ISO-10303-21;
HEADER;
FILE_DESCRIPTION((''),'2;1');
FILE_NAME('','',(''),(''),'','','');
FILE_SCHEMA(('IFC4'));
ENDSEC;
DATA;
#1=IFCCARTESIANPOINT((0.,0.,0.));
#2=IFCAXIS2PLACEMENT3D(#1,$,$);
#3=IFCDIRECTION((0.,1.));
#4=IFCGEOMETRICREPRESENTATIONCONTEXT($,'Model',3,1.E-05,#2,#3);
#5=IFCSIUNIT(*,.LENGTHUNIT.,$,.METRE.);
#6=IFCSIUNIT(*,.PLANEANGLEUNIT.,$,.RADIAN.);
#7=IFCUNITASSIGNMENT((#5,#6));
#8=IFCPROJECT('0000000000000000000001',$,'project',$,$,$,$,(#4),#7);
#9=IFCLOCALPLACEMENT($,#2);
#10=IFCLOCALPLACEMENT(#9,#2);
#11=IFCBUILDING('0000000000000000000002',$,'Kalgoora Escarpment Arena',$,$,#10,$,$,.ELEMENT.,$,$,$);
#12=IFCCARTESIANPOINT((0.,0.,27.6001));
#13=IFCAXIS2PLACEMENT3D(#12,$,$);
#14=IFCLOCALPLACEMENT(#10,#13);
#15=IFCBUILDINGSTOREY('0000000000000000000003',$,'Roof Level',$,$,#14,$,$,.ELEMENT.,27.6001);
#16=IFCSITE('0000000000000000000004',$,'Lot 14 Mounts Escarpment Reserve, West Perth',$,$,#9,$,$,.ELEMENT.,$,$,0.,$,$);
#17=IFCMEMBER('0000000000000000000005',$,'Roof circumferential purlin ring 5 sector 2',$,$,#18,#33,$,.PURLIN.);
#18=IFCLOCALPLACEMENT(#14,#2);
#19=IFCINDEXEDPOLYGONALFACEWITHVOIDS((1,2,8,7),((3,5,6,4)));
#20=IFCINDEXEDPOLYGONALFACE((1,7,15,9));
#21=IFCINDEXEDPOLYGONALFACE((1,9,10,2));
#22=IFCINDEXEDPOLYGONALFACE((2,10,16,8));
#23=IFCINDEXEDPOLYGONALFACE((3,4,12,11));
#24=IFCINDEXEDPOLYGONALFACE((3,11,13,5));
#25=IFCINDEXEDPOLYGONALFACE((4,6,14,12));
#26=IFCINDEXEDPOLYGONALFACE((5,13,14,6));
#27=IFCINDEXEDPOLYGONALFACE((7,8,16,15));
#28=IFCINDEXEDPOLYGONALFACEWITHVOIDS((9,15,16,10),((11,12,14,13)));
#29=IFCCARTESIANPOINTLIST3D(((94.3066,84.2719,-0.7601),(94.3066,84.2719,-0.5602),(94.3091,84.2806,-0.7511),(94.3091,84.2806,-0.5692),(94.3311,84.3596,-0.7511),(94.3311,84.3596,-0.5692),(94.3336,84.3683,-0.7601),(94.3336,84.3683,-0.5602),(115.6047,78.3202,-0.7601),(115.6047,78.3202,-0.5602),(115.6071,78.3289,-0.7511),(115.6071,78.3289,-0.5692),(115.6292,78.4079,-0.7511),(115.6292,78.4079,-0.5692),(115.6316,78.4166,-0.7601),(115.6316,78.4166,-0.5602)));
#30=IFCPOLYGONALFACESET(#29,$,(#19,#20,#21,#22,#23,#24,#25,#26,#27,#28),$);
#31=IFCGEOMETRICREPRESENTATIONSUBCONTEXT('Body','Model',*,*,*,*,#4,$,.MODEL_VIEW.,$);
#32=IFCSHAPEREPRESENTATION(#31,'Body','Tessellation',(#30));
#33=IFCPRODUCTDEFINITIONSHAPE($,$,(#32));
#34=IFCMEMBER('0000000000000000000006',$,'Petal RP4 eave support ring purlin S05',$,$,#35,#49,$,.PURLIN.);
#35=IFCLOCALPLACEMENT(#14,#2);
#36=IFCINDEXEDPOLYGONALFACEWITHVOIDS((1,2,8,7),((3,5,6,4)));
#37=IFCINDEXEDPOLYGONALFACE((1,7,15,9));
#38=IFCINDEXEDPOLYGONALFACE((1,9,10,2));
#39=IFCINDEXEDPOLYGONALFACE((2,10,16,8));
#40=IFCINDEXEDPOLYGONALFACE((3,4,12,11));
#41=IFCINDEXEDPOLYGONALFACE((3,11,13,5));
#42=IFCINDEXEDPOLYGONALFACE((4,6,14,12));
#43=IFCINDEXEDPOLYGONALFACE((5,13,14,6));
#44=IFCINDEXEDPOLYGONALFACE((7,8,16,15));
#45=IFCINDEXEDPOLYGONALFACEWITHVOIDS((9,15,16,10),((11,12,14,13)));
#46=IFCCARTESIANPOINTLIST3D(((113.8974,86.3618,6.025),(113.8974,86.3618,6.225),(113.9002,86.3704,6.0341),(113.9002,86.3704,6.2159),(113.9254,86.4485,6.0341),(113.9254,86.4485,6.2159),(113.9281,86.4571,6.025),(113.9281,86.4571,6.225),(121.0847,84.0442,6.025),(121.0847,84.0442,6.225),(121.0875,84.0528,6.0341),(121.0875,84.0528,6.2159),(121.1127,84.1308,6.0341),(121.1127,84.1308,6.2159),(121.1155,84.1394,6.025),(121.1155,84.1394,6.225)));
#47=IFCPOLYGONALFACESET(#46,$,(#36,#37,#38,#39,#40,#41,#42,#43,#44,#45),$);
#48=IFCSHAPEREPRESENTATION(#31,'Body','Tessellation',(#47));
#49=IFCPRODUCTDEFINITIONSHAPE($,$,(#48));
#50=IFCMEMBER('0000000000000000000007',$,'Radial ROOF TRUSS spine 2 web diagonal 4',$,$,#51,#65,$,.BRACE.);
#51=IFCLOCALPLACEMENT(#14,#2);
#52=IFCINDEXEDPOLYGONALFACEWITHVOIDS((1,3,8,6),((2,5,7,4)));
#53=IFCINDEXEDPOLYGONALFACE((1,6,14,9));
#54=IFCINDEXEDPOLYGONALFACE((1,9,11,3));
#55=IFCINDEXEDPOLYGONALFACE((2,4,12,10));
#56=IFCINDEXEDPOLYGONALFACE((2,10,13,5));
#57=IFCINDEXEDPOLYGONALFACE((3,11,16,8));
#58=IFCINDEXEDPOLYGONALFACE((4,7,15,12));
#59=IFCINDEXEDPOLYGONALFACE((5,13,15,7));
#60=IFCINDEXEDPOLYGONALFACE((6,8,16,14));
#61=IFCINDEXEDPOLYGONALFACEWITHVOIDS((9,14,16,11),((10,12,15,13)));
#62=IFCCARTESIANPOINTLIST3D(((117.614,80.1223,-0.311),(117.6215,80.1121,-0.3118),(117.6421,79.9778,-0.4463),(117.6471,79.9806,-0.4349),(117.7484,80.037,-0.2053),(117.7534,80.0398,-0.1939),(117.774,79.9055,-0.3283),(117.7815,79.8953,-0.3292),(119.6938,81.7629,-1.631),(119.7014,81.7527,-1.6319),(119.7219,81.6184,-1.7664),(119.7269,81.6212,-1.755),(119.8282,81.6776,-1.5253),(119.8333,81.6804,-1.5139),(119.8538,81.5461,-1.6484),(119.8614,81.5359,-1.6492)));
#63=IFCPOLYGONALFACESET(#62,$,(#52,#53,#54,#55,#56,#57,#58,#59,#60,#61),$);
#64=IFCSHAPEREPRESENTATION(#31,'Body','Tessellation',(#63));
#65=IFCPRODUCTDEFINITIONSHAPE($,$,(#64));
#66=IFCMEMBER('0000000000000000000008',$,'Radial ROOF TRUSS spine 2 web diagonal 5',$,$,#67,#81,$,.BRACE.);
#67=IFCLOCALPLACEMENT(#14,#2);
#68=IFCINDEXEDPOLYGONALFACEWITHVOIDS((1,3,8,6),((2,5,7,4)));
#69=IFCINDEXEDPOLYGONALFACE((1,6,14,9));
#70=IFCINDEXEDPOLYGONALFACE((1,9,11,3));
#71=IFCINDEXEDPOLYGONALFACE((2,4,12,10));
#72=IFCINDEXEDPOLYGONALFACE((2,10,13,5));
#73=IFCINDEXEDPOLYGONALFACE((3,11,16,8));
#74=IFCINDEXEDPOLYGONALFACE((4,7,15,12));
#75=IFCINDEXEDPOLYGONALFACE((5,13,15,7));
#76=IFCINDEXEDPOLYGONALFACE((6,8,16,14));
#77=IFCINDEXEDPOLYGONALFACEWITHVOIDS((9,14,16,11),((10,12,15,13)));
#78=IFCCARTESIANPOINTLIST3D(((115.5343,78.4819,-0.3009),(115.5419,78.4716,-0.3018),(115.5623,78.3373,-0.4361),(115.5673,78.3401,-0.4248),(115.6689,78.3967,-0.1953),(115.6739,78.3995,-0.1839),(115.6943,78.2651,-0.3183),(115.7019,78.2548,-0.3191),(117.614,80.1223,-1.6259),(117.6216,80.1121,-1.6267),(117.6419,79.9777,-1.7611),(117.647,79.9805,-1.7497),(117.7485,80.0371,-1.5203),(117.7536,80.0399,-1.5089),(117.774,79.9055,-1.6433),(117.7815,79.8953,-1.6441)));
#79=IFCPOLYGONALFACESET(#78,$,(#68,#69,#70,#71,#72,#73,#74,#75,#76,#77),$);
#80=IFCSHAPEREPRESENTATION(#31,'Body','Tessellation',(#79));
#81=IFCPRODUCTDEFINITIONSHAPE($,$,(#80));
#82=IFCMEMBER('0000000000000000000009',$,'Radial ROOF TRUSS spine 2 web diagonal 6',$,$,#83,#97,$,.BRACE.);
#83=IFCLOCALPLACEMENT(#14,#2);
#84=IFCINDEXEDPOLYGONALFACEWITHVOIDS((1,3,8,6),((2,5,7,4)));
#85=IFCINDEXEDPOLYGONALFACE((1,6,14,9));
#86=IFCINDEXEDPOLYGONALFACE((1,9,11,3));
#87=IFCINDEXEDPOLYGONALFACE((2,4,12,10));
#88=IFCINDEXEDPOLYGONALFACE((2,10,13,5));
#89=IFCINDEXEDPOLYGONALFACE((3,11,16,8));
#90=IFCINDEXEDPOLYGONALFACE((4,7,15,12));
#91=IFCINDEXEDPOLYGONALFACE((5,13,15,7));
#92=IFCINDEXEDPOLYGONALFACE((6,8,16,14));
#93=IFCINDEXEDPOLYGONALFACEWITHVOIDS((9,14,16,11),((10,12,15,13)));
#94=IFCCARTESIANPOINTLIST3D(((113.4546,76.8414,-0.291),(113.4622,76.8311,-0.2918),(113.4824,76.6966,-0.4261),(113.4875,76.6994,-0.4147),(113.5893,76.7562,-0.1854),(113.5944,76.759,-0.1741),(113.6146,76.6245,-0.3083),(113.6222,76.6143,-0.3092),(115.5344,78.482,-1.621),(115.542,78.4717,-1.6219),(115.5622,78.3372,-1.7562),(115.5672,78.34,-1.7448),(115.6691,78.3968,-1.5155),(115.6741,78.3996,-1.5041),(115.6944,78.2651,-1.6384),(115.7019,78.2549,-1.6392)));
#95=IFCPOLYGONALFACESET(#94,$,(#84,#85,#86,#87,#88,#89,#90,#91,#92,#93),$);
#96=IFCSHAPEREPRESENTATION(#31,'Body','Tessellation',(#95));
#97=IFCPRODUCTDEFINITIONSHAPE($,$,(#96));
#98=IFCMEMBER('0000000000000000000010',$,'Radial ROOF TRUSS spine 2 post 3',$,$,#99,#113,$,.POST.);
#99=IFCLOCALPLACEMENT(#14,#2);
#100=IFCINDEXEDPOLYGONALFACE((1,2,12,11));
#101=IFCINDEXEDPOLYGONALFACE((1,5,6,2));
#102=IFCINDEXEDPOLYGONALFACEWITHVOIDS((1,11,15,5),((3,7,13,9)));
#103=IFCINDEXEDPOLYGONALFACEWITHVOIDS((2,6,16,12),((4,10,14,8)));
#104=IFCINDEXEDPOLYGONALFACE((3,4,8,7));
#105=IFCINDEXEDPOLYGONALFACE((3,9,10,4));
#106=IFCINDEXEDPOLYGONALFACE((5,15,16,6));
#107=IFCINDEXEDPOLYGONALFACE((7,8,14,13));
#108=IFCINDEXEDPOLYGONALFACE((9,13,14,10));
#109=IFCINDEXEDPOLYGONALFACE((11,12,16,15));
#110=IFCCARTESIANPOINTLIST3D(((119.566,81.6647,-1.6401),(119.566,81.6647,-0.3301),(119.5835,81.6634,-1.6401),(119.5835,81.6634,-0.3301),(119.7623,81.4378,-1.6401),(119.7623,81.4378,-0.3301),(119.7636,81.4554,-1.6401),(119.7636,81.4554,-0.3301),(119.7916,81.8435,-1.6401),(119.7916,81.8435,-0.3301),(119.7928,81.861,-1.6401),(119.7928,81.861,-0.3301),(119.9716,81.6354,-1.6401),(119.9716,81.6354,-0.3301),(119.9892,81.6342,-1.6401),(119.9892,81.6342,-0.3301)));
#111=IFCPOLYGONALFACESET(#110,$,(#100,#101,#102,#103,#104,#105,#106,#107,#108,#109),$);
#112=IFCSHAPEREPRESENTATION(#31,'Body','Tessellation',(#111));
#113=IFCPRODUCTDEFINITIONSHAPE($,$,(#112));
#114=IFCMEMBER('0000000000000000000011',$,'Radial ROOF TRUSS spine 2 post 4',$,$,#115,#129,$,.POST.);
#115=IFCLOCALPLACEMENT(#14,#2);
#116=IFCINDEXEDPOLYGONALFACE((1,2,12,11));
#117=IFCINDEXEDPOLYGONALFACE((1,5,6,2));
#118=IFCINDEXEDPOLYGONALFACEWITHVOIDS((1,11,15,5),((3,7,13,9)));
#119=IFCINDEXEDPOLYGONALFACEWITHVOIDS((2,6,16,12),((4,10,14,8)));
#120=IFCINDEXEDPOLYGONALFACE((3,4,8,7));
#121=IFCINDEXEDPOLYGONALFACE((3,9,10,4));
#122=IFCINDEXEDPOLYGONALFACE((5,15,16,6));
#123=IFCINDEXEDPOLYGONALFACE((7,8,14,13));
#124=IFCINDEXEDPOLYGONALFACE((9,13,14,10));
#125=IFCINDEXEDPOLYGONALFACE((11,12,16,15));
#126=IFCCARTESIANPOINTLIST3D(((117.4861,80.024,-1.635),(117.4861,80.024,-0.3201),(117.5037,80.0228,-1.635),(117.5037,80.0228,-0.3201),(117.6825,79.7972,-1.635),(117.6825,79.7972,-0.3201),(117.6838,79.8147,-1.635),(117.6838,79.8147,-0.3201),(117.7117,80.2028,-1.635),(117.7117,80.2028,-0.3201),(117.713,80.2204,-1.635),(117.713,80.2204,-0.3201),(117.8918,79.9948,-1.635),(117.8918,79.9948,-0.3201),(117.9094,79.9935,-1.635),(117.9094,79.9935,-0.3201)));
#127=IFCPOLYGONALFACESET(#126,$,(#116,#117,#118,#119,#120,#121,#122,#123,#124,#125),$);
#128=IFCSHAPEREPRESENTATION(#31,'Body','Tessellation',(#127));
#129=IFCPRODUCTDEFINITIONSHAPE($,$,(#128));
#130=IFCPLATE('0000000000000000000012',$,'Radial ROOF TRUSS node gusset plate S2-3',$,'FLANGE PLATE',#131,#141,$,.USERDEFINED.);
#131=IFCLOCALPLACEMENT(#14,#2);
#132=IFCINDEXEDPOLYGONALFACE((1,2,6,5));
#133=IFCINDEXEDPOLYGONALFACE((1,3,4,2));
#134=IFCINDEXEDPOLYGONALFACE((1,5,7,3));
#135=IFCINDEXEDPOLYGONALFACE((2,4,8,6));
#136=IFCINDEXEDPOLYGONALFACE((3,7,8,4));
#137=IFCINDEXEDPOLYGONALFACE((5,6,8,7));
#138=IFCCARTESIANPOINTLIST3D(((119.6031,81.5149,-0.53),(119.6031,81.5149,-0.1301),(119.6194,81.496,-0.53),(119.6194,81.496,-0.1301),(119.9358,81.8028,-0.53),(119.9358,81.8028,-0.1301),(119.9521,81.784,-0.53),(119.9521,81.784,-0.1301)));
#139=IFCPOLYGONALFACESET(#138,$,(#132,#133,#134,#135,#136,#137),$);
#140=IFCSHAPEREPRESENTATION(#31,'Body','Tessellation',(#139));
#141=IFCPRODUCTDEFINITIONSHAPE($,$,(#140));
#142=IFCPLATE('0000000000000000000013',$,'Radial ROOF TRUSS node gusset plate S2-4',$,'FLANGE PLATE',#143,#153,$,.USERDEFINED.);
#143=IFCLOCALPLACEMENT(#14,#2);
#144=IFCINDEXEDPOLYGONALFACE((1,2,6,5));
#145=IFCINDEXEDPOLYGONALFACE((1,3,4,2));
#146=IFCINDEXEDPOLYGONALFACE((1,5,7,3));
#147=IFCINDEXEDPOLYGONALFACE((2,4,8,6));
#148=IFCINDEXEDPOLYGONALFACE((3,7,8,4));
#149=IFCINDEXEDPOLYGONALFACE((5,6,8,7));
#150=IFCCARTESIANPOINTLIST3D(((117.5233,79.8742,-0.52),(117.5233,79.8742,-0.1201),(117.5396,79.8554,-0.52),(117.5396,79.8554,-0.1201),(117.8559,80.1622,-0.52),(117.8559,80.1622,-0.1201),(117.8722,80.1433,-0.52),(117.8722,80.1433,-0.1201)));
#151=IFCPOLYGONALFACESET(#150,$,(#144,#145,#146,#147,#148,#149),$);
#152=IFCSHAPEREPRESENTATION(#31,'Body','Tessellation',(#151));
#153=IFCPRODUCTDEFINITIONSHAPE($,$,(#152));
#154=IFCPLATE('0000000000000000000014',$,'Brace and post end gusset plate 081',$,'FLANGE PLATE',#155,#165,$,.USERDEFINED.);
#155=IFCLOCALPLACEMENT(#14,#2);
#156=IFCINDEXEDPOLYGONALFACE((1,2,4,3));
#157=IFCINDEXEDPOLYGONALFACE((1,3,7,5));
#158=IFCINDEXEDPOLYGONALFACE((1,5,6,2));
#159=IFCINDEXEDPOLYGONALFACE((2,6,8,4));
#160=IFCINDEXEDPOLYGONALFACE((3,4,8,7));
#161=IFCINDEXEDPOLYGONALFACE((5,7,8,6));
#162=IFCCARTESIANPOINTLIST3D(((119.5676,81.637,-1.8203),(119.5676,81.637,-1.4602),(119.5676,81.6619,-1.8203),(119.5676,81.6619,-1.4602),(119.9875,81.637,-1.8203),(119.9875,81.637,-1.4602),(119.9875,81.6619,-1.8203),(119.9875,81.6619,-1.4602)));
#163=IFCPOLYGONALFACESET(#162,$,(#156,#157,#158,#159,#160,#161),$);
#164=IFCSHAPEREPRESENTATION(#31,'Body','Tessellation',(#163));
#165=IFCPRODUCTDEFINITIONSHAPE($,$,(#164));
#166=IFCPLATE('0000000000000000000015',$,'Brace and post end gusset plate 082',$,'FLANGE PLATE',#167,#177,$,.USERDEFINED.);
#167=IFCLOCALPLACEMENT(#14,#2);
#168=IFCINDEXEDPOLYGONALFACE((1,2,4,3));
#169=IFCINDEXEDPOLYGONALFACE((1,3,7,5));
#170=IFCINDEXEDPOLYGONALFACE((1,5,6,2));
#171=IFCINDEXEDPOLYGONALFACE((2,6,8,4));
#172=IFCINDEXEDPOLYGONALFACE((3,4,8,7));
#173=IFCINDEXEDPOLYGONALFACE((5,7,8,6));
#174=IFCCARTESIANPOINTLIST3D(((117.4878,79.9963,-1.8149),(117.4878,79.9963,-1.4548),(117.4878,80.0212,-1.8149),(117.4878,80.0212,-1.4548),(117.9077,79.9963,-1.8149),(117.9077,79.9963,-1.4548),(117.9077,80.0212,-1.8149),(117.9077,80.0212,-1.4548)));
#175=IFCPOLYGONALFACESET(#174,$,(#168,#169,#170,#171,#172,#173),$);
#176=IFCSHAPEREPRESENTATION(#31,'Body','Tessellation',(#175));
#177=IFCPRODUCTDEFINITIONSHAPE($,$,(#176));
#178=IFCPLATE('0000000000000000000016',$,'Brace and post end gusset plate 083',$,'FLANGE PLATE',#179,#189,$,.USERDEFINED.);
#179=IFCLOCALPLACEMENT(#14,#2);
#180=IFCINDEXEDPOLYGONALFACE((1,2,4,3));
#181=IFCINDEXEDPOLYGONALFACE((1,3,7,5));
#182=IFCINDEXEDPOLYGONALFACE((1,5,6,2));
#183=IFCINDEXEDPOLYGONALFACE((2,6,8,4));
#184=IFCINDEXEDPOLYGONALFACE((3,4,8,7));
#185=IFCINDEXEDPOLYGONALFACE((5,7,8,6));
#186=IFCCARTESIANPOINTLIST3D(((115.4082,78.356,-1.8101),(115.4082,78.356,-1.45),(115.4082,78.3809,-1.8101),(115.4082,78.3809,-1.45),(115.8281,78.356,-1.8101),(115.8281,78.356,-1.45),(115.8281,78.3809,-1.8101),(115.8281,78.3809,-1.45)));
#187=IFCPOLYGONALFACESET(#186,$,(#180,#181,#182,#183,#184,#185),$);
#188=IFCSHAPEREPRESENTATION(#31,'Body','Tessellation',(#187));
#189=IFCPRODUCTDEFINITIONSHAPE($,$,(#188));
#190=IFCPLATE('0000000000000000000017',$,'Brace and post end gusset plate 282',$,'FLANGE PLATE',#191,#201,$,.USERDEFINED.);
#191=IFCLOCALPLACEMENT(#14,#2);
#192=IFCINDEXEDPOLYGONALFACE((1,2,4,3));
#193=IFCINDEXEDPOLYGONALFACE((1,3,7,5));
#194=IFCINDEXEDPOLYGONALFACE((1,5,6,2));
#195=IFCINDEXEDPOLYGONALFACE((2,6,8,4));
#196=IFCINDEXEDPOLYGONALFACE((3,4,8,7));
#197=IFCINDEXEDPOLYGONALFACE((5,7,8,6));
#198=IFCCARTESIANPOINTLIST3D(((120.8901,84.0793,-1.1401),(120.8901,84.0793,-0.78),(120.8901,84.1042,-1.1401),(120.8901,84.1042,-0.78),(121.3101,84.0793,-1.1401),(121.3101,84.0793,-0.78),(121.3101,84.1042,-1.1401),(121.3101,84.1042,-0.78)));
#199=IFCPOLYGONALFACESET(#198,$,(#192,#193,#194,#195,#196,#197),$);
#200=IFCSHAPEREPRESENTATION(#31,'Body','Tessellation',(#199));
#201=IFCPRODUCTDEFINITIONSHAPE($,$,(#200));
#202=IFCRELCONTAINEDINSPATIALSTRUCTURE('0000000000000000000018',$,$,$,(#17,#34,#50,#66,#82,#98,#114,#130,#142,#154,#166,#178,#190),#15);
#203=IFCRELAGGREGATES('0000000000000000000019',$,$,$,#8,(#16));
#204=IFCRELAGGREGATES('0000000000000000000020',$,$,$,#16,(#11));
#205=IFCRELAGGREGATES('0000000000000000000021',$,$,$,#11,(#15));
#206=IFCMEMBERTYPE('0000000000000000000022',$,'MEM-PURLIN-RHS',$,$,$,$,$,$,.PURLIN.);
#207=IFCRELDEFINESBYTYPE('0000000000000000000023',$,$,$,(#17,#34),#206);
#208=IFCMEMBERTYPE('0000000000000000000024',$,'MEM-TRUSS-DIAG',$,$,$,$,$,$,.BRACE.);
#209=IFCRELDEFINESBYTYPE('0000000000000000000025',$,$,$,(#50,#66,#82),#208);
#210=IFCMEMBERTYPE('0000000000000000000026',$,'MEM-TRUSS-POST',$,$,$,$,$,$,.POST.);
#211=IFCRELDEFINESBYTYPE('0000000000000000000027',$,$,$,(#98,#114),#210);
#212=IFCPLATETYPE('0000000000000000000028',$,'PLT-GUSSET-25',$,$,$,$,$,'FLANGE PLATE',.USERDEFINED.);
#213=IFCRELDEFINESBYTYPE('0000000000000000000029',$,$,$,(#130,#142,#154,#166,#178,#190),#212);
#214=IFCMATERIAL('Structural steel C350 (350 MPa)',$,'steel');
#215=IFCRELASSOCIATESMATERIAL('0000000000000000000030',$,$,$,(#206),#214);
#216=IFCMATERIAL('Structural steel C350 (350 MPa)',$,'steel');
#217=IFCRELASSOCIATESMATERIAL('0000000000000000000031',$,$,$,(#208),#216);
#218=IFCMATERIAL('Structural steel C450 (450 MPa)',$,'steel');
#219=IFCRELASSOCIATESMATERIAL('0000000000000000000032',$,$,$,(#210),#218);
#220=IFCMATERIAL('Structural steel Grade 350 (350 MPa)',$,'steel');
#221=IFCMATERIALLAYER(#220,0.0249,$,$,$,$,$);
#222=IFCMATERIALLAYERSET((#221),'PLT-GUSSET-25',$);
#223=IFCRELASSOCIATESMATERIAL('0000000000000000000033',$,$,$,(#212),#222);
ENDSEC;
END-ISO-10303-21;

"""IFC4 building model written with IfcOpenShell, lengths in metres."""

from ifc_helpers import new_model, si_unit, direction, frame, origin, origin_2d, place, context, subcontext, project, spatial, rectangle, hollow_rectangle, extrude, material, layer, layer_set, material_profile, profile_set, type_object, element, save


model = new_model("IFC4")

# Units and contexts
model_context = context("Model", 3, precision=1e-05, world=origin(), true_north=direction((0.0, 1.0)))
body_context = subcontext(model_context, "Body", "Model", "MODEL_VIEW")
ifc_project = project(units=[si_unit("LENGTHUNIT", "METRE"), si_unit("PLANEANGLEUNIT", "RADIAN")], contexts=[model_context])

# Site, building, storey
site_placement = place(None, origin())
site = spatial("IfcSite", under=ifc_project, at=site_placement, Name="Lot 14 Mounts Escarpment Reserve, West Perth", CompositionType="ELEMENT", RefElevation=0.0)
building_placement = place(site_placement, origin())
building = spatial("IfcBuilding", under=site, at=building_placement, Name="Kalgoora Escarpment Arena", CompositionType="ELEMENT")
storey_placement = place(building_placement, frame((0.0, 0.0, 27.6001)))
storey = spatial("IfcBuildingStorey", under=building, at=storey_placement, Name="Roof Level", CompositionType="ELEMENT", Elevation=27.6001)

# Members
ifc_material_1 = material(Name="Structural steel C350 (350 MPa)", Category="steel")
ifc_material_profile_1 = material_profile(ifc_material_1, hollow_rectangle(XDim=0.1001, YDim=0.2, WallThickness=0.009, at=origin_2d()))
ifc_profile_set_1 = profile_set([ifc_material_profile_1], Name="Structural steel C350 (350 MPa)")
member_type_1 = type_object("IfcMemberType", Name="MEM-PURLIN-RHS", PredefinedType="PURLIN", material=ifc_profile_set_1)
member_1_placement = place(storey_placement, frame((115.6182, 78.3684, -0.6602), z_axis=(-0.963103, 0.269135, 0.0), x_axis=(-0.269135, -0.963103, 0.0)))
element("IfcMember", 1, at=member_1_placement, inside=storey, type_object=member_type_1, Name="Roof circumferential purlin ring 5 sector 2", PredefinedType="PURLIN", context=body_context, shape_type="SweptSolid", body=[
    extrude(hollow_rectangle(XDim=0.1001, YDim=0.2, WallThickness=0.009, at=origin_2d()), origin(), (0.0, 0.0, 1.0), 22.114),
])
member_2_placement = place(storey_placement, frame((121.1001, 84.0918, 6.125), z_axis=(-0.951741, 0.306902, 0.0), x_axis=(-0.306902, -0.951741, 0.0)))
element("IfcMember", 2, at=member_2_placement, inside=storey, type_object=member_type_1, Name="Petal RP4 eave support ring purlin S05", PredefinedType="PURLIN", context=body_context, shape_type="SweptSolid", body=[
    extrude(hollow_rectangle(XDim=0.1001, YDim=0.2, WallThickness=0.009, at=origin_2d()), origin(), (0.0, 0.0, 1.0), 7.5518),
])
ifc_material_2 = material(Name="Structural steel C350 (350 MPa)", Category="steel")
ifc_material_profile_2 = material_profile(ifc_material_2, hollow_rectangle(XDim=0.2, YDim=0.2, WallThickness=0.009, at=origin_2d()))
ifc_profile_set_2 = profile_set([ifc_material_profile_2], Name="Structural steel C350 (350 MPa)")
member_type_2 = type_object("IfcMemberType", Name="MEM-TRUSS-DIAG", PredefinedType="BRACE", material=ifc_profile_set_2)
member_3_placement = place(storey_placement, frame((119.7776, 81.6494, -1.6401), z_axis=(-0.702713, -0.554318, 0.446011), x_axis=(-0.697447, 0.412838, -0.585775)))
element("IfcMember", 3, at=member_3_placement, inside=storey, type_object=member_type_2, Name="Radial ROOF TRUSS spine 2 web diagonal 4", PredefinedType="BRACE", context=body_context, shape_type="SweptSolid", body=[
    extrude(hollow_rectangle(XDim=0.2, YDim=0.2, WallThickness=0.009, at=origin_2d()), origin(), (0.0, 0.0, 1.0), 2.9597),
])
member_4_placement = place(storey_placement, frame((117.6978, 80.0088, -1.635), z_axis=(-0.702186, -0.553884, 0.447378), x_axis=(-0.698143, 0.412295, -0.585328)))
element("IfcMember", 4, at=member_4_placement, inside=storey, type_object=member_type_2, Name="Radial ROOF TRUSS spine 2 web diagonal 5", PredefinedType="BRACE", context=body_context, shape_type="SweptSolid", body=[
    extrude(hollow_rectangle(XDim=0.2, YDim=0.2, WallThickness=0.009, at=origin_2d()), origin(), (0.0, 0.0, 1.0), 2.9617),
])
member_5_placement = place(storey_placement, frame((115.6182, 78.3684, -1.6301), z_axis=(-0.701652, -0.55348, 0.448714), x_axis=(-0.698836, 0.411742, -0.58489)))
element("IfcMember", 5, at=member_5_placement, inside=storey, type_object=member_type_2, Name="Radial ROOF TRUSS spine 2 web diagonal 6", PredefinedType="BRACE", context=body_context, shape_type="SweptSolid", body=[
    extrude(hollow_rectangle(XDim=0.2, YDim=0.2, WallThickness=0.009, at=origin_2d()), origin(), (0.0, 0.0, 1.0), 2.9641),
])
ifc_material_3 = material(Name="Structural steel C450 (450 MPa)", Category="steel")
ifc_material_profile_3 = material_profile(ifc_material_3, hollow_rectangle(XDim=0.3, YDim=0.3, WallThickness=0.0125, at=origin_2d()))
ifc_profile_set_3 = profile_set([ifc_material_profile_3], Name="Structural steel C450 (450 MPa)")
member_type_3 = type_object("IfcMemberType", Name="MEM-TRUSS-POST", PredefinedType="POST", material=ifc_profile_set_3)
member_6_placement = place(storey_placement, frame((119.7776, 81.6494, -1.6401), z_axis=(0.0, 0.0, 1.0), x_axis=(-0.756082, -0.654477, 0.0)))
element("IfcMember", 6, at=member_6_placement, inside=storey, type_object=member_type_3, Name="Radial ROOF TRUSS spine 2 post 3", PredefinedType="POST", context=body_context, shape_type="SweptSolid", body=[
    extrude(hollow_rectangle(XDim=0.3, YDim=0.3, WallThickness=0.0125, at=origin_2d()), origin(), (0.0, 0.0, 1.0), 1.3101),
])
member_7_placement = place(storey_placement, frame((117.6978, 80.0088, -1.635), z_axis=(0.0, 0.0, 1.0), x_axis=(-0.756082, -0.654477, 0.0)))
element("IfcMember", 7, at=member_7_placement, inside=storey, type_object=member_type_3, Name="Radial ROOF TRUSS spine 2 post 4", PredefinedType="POST", context=body_context, shape_type="SweptSolid", body=[
    extrude(hollow_rectangle(XDim=0.3, YDim=0.3, WallThickness=0.0125, at=origin_2d()), origin(), (0.0, 0.0, 1.0), 1.3149),
])

# Plates
ifc_material_4 = material(Name="Structural steel Grade 350 (350 MPa)", Category="steel")
ifc_layer_1 = layer(ifc_material_4, 0.0249)
ifc_layer_set_1 = layer_set([ifc_layer_1], Name="PLT-GUSSET-25")
plate_type_1 = type_object("IfcPlateType", Name="PLT-GUSSET-25", ElementType="FLANGE PLATE", PredefinedType="USERDEFINED", material=ifc_layer_set_1)
for number, where, z_axis, x_axis, name in (
    (8, (119.7776, 81.6494, -0.53), (0.0, 0.0, 1.0), (-0.756082, -0.654477, 0.0), "Radial ROOF TRUSS node gusset plate S2-3"),
    (9, (117.6978, 80.0088, -0.52), (0.0, 0.0, 1.0), (-0.756082, -0.654477, 0.0), "Radial ROOF TRUSS node gusset plate S2-4"),
):
    element("IfcPlate", number, at=place(storey_placement, frame(where, z_axis=z_axis, x_axis=x_axis)), inside=storey, type_object=plate_type_1, Name=name, ObjectType="FLANGE PLATE", PredefinedType="USERDEFINED", context=body_context, shape_type="SweptSolid", body=[
        extrude(rectangle(XDim=0.4399, YDim=0.0249, at=origin_2d()), origin(), (0.0, 0.0, 1.0), 0.3999),
    ])
for number, where, z_axis, x_axis, name in (
    (10, (119.7776, 81.6494, -1.8203), (0.0, 0.0, 1.0), (1.0, 0.0, 0.0), "Brace and post end gusset plate 081"),
    (11, (117.6978, 80.0088, -1.8149), (0.0, 0.0, 1.0), (1.0, 0.0, 0.0), "Brace and post end gusset plate 082"),
    (12, (115.6182, 78.3684, -1.8101), (0.0, 0.0, 1.0), (1.0, 0.0, 0.0), "Brace and post end gusset plate 083"),
    (13, (121.1001, 84.0918, -1.1401), (0.0, 0.0, 1.0), (1.0, 0.0, 0.0), "Brace and post end gusset plate 282"),
):
    element("IfcPlate", number, at=place(storey_placement, frame(where, z_axis=z_axis, x_axis=x_axis)), inside=storey, type_object=plate_type_1, Name=name, ObjectType="FLANGE PLATE", PredefinedType="USERDEFINED", context=body_context, shape_type="SweptSolid", body=[
        extrude(rectangle(XDim=0.4199, YDim=0.0249, at=origin_2d()), origin(), (0.0, 0.0, 1.0), 0.3601),
    ])

save(model, "model.ifc")
